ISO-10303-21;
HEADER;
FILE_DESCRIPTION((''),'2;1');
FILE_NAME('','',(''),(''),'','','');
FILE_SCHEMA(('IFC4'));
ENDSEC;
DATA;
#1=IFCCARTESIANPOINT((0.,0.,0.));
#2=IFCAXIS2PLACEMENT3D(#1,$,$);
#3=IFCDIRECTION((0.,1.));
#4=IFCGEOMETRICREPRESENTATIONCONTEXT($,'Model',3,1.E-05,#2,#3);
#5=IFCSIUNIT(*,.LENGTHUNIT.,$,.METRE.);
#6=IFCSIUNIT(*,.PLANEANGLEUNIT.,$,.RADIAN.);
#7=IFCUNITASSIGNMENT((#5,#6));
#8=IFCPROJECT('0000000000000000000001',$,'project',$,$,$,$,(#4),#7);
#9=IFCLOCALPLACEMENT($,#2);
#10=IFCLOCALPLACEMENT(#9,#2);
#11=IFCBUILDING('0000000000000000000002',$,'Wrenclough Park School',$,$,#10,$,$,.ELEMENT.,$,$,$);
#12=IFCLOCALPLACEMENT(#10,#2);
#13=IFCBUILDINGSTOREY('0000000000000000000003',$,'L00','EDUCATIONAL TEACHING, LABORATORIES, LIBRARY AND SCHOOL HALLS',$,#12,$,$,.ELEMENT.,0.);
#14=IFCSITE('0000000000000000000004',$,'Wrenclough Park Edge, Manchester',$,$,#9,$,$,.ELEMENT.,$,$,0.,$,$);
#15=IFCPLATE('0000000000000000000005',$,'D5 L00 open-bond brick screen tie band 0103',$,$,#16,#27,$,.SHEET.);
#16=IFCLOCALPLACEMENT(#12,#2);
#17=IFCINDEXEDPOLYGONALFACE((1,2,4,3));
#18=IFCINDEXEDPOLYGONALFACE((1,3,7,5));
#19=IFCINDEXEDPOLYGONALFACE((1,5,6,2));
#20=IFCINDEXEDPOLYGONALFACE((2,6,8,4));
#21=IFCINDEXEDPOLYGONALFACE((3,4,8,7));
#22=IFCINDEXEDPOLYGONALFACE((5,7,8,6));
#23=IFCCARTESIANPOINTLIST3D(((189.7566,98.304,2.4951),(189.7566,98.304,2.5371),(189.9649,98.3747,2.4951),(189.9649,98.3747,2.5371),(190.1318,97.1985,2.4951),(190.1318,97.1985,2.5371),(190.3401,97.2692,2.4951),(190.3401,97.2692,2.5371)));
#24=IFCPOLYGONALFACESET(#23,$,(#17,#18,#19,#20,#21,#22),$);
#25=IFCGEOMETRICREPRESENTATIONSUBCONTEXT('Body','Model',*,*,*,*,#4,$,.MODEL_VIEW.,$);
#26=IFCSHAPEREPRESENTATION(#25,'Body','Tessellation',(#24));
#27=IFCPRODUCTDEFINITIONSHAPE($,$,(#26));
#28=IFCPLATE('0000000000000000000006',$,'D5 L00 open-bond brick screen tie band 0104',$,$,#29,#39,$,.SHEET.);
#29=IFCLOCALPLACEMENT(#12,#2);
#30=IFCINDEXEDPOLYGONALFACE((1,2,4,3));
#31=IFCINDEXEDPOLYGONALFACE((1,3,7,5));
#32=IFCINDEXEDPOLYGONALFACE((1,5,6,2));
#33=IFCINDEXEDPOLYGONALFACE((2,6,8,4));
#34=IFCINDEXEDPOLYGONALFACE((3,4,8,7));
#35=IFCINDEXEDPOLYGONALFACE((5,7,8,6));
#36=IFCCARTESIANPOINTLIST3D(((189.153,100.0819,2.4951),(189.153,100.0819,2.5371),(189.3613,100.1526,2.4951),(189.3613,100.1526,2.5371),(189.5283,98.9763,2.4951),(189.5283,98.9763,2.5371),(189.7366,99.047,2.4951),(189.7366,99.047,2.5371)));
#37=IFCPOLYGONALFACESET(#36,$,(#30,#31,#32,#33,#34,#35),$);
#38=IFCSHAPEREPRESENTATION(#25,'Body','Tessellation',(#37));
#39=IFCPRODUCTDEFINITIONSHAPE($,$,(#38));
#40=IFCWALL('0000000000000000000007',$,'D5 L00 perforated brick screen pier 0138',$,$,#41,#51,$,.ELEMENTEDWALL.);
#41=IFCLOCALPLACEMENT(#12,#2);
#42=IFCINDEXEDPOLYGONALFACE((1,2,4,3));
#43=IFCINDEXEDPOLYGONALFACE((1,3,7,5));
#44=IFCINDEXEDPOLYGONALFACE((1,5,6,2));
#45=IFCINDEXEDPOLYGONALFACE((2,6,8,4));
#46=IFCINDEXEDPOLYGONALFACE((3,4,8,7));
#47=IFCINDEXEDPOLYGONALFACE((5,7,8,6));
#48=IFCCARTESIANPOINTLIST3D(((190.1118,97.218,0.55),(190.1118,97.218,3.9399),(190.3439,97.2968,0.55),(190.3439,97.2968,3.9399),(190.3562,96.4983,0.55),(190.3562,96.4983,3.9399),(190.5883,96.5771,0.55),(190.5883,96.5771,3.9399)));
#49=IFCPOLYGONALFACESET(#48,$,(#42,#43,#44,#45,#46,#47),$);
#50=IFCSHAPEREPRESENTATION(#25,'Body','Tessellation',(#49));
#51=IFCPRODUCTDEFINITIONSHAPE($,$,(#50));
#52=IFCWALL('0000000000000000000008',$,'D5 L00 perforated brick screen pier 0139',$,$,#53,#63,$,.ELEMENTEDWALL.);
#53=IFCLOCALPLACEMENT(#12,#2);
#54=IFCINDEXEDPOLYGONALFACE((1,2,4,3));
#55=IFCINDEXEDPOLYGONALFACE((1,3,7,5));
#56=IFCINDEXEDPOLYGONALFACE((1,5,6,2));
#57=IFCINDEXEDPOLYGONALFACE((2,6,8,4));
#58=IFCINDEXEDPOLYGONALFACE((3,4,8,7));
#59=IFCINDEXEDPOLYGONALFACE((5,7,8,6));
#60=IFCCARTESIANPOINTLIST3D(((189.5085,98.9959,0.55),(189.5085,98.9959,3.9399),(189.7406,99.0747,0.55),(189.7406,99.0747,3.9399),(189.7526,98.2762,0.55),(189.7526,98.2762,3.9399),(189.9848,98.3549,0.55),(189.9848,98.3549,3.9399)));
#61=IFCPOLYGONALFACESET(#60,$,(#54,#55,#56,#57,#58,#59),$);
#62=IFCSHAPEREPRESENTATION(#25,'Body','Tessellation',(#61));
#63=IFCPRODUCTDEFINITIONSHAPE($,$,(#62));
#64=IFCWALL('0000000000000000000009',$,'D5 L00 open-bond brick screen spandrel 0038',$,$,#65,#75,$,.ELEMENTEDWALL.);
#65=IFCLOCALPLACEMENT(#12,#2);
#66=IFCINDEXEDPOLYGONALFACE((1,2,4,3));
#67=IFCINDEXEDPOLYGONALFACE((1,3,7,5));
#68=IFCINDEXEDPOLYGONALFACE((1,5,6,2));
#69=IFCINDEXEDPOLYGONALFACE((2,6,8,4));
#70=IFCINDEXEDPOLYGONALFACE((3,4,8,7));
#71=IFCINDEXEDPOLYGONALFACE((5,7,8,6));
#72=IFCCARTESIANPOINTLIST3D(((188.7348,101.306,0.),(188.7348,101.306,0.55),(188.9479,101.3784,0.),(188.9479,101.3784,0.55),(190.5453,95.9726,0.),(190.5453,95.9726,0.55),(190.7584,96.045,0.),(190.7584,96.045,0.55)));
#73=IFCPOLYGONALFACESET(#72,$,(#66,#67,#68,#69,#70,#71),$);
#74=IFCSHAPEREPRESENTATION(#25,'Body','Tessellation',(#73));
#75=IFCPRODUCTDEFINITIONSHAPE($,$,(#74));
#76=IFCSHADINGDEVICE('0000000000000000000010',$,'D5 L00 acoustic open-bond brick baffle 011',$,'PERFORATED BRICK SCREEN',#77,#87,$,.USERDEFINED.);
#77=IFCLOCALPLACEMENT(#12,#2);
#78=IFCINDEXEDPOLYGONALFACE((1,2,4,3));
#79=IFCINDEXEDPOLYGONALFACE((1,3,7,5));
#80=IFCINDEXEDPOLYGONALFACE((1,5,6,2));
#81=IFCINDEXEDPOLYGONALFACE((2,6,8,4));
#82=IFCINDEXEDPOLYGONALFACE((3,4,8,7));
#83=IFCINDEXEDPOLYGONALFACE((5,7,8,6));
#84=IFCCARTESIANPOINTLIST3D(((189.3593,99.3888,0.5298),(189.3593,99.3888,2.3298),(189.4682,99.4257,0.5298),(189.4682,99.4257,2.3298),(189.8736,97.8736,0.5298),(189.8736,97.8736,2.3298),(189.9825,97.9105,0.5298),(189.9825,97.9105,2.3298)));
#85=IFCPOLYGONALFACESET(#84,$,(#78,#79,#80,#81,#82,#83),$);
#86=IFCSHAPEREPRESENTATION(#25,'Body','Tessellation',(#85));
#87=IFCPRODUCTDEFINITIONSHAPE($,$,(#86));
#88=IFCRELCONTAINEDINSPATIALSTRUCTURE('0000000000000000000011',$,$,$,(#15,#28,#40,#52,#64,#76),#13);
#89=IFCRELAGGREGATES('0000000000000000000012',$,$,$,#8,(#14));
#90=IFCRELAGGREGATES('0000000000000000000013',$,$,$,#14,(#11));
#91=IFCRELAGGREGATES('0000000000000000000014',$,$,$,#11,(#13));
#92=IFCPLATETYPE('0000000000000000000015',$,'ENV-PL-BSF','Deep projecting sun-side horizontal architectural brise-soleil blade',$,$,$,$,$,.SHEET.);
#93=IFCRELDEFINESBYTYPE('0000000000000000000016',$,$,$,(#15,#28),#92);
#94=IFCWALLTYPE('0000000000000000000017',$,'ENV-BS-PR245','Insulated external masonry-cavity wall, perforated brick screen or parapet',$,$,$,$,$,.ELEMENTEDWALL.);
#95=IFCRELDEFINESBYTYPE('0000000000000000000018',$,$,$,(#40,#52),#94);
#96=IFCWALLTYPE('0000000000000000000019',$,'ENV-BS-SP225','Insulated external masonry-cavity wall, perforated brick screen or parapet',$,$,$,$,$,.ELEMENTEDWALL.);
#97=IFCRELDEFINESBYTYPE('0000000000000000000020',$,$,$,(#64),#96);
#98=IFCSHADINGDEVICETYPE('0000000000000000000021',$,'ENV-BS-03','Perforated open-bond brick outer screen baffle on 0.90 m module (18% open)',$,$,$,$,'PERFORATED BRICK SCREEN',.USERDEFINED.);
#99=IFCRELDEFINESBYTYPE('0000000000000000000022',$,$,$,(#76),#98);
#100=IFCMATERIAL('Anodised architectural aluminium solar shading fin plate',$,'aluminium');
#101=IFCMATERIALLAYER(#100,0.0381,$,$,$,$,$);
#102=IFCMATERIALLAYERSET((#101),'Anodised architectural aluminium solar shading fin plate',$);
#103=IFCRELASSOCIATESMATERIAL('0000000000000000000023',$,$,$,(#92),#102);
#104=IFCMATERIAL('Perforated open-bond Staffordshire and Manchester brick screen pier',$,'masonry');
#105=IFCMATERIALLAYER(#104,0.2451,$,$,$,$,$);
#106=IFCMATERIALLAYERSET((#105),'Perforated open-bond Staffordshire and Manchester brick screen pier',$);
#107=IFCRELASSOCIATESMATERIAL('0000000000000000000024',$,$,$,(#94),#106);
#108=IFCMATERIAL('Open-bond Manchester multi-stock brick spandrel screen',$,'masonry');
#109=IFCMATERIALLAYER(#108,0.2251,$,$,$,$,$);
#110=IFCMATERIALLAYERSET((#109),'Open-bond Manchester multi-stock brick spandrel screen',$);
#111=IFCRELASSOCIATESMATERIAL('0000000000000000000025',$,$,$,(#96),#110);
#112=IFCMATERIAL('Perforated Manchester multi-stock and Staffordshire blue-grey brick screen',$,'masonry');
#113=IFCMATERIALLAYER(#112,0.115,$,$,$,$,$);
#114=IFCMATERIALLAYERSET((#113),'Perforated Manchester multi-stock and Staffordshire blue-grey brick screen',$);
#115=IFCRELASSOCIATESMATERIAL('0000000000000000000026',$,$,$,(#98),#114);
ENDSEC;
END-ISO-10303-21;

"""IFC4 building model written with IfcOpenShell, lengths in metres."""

from ifc_helpers import new_model, si_unit, direction, frame, frame_2d, origin, origin_2d, place, context, subcontext, project, spatial, rectangle, extrude, material, layer, layer_set, type_object, element, save


model = new_model("IFC4")

# Units and contexts
model_context = context("Model", 3, precision=1e-05, world=origin(), true_north=direction((0.0, 1.0)))
body_context = subcontext(model_context, "Body", "Model", "MODEL_VIEW")
ifc_project = project(units=[si_unit("LENGTHUNIT", "METRE"), si_unit("PLANEANGLEUNIT", "RADIAN")], contexts=[model_context])

# Site, building, storey
site_placement = place(None, origin())
site = spatial("IfcSite", under=ifc_project, at=site_placement, Name="Wrenclough Park Edge, Manchester", CompositionType="ELEMENT", RefElevation=0.0)
building_placement = place(site_placement, origin())
building = spatial("IfcBuilding", under=site, at=building_placement, Name="Wrenclough Park School", CompositionType="ELEMENT")
storey_placement = place(building_placement, origin())
storey = spatial("IfcBuildingStorey", under=building, at=storey_placement, Name="L00", Description="EDUCATIONAL TEACHING, LABORATORIES, LIBRARY AND SCHOOL HALLS", CompositionType="ELEMENT", Elevation=0.0)

# Plates
ifc_material_1 = material(Name="Anodised architectural aluminium solar shading fin plate", Category="aluminium")
ifc_layer_1 = layer(ifc_material_1, 0.0381)
ifc_layer_set_1 = layer_set([ifc_layer_1], Name="Anodised architectural aluminium solar shading fin plate")
plate_type_1 = type_object("IfcPlateType", Name="ENV-PL-BSF", Description="Deep projecting sun-side horizontal architectural brise-soleil blade", PredefinedType="SHEET", material=ifc_layer_set_1)
for number, where, z_axis, x_axis, name in (
    (1, (190.0483, 97.7866, 2.4951), (0.0, 0.0, 1.0), (-0.321427, 0.946934, 0.0), "D5 L00 open-bond brick screen tie band 0103"),
    (2, (189.4448, 99.5645, 2.4951), (0.0, 0.0, 1.0), (-0.321427, 0.946934, 0.0), "D5 L00 open-bond brick screen tie band 0104"),
):
    element("IfcPlate", number, at=place(storey_placement, frame(where, z_axis=z_axis, x_axis=x_axis)), inside=storey, type_object=plate_type_1, Name=name, PredefinedType="SHEET", context=body_context, shape_type="SweptSolid", body=[
        extrude(rectangle(XDim=1.1675, YDim=0.22, at=origin_2d()), origin(), (0.0, 0.0, 1.0), 0.042),
    ])

# Walls
ifc_material_2 = material(Name="Perforated open-bond Staffordshire and Manchester brick screen pier", Category="masonry")
ifc_layer_2 = layer(ifc_material_2, 0.2451)
ifc_layer_set_2 = layer_set([ifc_layer_2], Name="Perforated open-bond Staffordshire and Manchester brick screen pier")
wall_type_1 = type_object("IfcWallType", Name="ENV-BS-PR245", Description="Insulated external masonry-cavity wall, perforated brick screen or parapet", PredefinedType="ELEMENTEDWALL", material=ifc_layer_set_2)
for number, where, z_axis, x_axis, name in (
    (3, (190.4722, 96.5378, 0.55), (0.0, 0.0, 1.0), (-0.321523, 0.946902, 0.0), "D5 L00 perforated brick screen pier 0138"),
    (4, (189.8687, 98.3157, 0.55), (0.0, 0.0, 1.0), (-0.321235, 0.947, 0.0), "D5 L00 perforated brick screen pier 0139"),
):
    element("IfcWall", number, at=place(storey_placement, frame(where, z_axis=z_axis, x_axis=x_axis)), inside=storey, type_object=wall_type_1, Name=name, PredefinedType="ELEMENTEDWALL", context=body_context, shape_type="SweptSolid", body=[
        extrude(rectangle(XDim=0.76, YDim=0.2451, at=frame_2d((0.3799, 0.0))), origin(), (0.0, 0.0, 1.0), 3.3899),
    ])
ifc_material_3 = material(Name="Open-bond Manchester multi-stock brick spandrel screen", Category="masonry")
ifc_layer_3 = layer(ifc_material_3, 0.2251)
ifc_layer_set_3 = layer_set([ifc_layer_3], Name="Open-bond Manchester multi-stock brick spandrel screen")
wall_type_2 = type_object("IfcWallType", Name="ENV-BS-SP225", Description="Insulated external masonry-cavity wall, perforated brick screen or parapet", PredefinedType="ELEMENTEDWALL", material=ifc_layer_set_3)
wall_placement = place(storey_placement, frame((190.6519, 96.0088, 0.0), z_axis=(0.0, 0.0, 1.0), x_axis=(-0.32145, 0.946926, 0.0)))
element("IfcWall", 5, at=wall_placement, inside=storey, type_object=wall_type_2, Name="D5 L00 open-bond brick screen spandrel 0038", PredefinedType="ELEMENTEDWALL", context=body_context, shape_type="SweptSolid", body=[
    extrude(rectangle(XDim=5.6323, YDim=0.2251, at=frame_2d((2.8162, 0.0))), origin(), (0.0, 0.0, 1.0), 0.55),
])

# Shading device
ifc_material_4 = material(Name="Perforated Manchester multi-stock and Staffordshire blue-grey brick screen", Category="masonry")
ifc_layer_4 = layer(ifc_material_4, 0.115)
ifc_layer_set_4 = layer_set([ifc_layer_4], Name="Perforated Manchester multi-stock and Staffordshire blue-grey brick screen")
shading_device_type = type_object("IfcShadingDeviceType", Name="ENV-BS-03", Description="Perforated open-bond brick outer screen baffle on 0.90 m module (18% open)", ElementType="PERFORATED BRICK SCREEN", PredefinedType="USERDEFINED", material=ifc_layer_set_4)
shading_device_placement = place(storey_placement, frame((189.6709, 98.6497, 0.5298), z_axis=(0.0, 0.0, 1.0), x_axis=(-0.321427, 0.946934, 0.0)))
element("IfcShadingDevice", 6, at=shading_device_placement, inside=storey, type_object=shading_device_type, Name="D5 L00 acoustic open-bond brick baffle 011", ObjectType="PERFORATED BRICK SCREEN", PredefinedType="USERDEFINED", context=body_context, shape_type="SweptSolid", body=[
    extrude(rectangle(XDim=1.6001, YDim=0.115, at=origin_2d()), origin(), (0.0, 0.0, 1.0), 1.8),
])

save(model, "model.ifc")
